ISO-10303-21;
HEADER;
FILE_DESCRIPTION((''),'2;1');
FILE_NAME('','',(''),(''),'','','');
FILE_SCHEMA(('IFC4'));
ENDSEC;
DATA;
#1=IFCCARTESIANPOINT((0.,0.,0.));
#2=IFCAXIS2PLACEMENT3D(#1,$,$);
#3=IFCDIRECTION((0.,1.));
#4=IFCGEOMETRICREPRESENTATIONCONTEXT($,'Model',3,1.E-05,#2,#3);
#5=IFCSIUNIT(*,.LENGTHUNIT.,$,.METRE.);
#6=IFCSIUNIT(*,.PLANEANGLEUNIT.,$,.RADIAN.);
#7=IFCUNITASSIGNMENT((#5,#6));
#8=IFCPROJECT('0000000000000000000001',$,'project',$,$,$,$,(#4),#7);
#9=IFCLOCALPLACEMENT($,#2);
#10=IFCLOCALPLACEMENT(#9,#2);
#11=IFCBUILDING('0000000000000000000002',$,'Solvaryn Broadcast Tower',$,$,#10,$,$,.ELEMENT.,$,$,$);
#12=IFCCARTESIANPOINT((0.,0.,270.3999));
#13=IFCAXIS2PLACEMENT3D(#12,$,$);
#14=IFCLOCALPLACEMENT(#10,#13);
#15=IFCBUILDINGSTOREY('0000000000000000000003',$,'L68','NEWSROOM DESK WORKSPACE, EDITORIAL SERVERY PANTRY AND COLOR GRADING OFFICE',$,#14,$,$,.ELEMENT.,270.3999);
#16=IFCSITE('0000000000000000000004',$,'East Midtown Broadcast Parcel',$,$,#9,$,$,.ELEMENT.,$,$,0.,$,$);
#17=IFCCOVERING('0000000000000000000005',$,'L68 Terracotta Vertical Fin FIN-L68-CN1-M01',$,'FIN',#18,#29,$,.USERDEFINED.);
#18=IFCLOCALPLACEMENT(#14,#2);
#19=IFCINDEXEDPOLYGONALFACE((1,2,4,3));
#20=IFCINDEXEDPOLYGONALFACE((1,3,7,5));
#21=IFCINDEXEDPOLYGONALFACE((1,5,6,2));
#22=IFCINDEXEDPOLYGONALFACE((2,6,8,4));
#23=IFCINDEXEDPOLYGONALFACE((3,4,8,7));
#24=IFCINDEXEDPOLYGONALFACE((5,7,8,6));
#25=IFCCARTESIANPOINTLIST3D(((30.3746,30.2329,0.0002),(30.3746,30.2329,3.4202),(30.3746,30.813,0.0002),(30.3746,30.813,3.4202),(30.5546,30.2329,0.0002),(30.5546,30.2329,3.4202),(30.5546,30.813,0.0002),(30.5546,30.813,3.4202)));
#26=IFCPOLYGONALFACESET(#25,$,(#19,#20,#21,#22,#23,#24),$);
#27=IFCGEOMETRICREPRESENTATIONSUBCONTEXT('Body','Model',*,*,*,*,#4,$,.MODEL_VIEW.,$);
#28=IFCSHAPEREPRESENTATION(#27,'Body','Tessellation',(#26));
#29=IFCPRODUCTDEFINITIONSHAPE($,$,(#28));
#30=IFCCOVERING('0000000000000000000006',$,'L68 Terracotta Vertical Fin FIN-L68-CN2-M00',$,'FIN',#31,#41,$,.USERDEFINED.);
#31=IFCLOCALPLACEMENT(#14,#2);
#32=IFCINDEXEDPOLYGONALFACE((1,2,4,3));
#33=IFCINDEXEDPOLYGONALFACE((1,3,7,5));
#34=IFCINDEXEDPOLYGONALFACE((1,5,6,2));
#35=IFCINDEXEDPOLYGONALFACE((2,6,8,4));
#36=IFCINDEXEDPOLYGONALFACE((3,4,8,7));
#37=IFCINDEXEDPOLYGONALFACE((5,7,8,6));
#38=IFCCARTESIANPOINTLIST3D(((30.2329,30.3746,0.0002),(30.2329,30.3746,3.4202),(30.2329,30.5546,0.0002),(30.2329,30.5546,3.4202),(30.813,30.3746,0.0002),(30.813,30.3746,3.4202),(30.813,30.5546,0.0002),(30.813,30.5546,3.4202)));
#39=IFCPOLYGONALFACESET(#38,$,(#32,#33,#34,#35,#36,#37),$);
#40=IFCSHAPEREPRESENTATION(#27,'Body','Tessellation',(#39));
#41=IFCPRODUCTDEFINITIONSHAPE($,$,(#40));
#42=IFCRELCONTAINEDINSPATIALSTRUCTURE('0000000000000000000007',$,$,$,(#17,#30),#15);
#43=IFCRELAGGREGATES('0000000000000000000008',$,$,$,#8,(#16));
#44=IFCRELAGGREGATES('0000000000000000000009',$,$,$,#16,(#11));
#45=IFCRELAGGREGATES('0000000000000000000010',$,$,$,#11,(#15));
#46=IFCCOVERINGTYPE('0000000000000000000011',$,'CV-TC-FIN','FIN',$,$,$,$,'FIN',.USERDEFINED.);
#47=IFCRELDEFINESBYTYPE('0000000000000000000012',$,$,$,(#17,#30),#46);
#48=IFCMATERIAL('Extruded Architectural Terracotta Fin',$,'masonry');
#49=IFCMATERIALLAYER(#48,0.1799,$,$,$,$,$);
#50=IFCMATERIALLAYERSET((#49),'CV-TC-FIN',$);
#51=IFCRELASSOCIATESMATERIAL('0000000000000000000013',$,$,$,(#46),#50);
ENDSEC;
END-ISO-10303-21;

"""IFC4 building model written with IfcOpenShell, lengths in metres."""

from ifc_helpers import new_model, si_unit, direction, frame, origin, origin_2d, place, context, subcontext, project, spatial, rectangle, extrude, material, layer, layer_set, type_object, element, save


model = new_model("IFC4")

# Units and contexts
model_context = context("Model", 3, precision=1e-05, world=origin(), true_north=direction((0.0, 1.0)))
body_context = subcontext(model_context, "Body", "Model", "MODEL_VIEW")
ifc_project = project(units=[si_unit("LENGTHUNIT", "METRE"), si_unit("PLANEANGLEUNIT", "RADIAN")], contexts=[model_context])

# Site, building, storey
site_placement = place(None, origin())
site = spatial("IfcSite", under=ifc_project, at=site_placement, Name="East Midtown Broadcast Parcel", CompositionType="ELEMENT", RefElevation=0.0)
building_placement = place(site_placement, origin())
building = spatial("IfcBuilding", under=site, at=building_placement, Name="Solvaryn Broadcast Tower", CompositionType="ELEMENT")
storey_placement = place(building_placement, frame((0.0, 0.0, 270.3999)))
storey = spatial("IfcBuildingStorey", under=building, at=storey_placement, Name="L68", Description="NEWSROOM DESK WORKSPACE, EDITORIAL SERVERY PANTRY AND COLOR GRADING OFFICE", CompositionType="ELEMENT", Elevation=270.3999)

# Coverings
ifc_material_1 = material(Name="Extruded Architectural Terracotta Fin", Category="masonry")
ifc_layer_1 = layer(ifc_material_1, 0.1799)
ifc_layer_set_1 = layer_set([ifc_layer_1], Name="CV-TC-FIN")
covering_type_1 = type_object("IfcCoveringType", Name="CV-TC-FIN", Description="FIN", ElementType="FIN", PredefinedType="USERDEFINED", material=ifc_layer_set_1)
covering_1_placement = place(storey_placement, frame((30.4646, 30.5229, 0.0002), z_axis=(0.0, 0.0, 1.0), x_axis=(1.0, 0.0, 0.0)))
element("IfcCovering", 1, at=covering_1_placement, inside=storey, type_object=covering_type_1, Name="L68 Terracotta Vertical Fin FIN-L68-CN1-M01", ObjectType="FIN", PredefinedType="USERDEFINED", context=body_context, shape_type="SweptSolid", body=[
    extrude(rectangle(XDim=0.1799, YDim=0.5801, at=origin_2d()), origin(), (0.0, 0.0, 1.0), 3.4199),
])
covering_2_placement = place(storey_placement, frame((30.5229, 30.4646, 0.0002), z_axis=(0.0, 0.0, 1.0), x_axis=(1.0, 0.0, 0.0)))
element("IfcCovering", 2, at=covering_2_placement, inside=storey, type_object=covering_type_1, Name="L68 Terracotta Vertical Fin FIN-L68-CN2-M00", ObjectType="FIN", PredefinedType="USERDEFINED", context=body_context, shape_type="SweptSolid", body=[
    extrude(rectangle(XDim=0.5801, YDim=0.1799, at=origin_2d()), origin(), (0.0, 0.0, 1.0), 3.4199),
])

save(model, "model.ifc")
